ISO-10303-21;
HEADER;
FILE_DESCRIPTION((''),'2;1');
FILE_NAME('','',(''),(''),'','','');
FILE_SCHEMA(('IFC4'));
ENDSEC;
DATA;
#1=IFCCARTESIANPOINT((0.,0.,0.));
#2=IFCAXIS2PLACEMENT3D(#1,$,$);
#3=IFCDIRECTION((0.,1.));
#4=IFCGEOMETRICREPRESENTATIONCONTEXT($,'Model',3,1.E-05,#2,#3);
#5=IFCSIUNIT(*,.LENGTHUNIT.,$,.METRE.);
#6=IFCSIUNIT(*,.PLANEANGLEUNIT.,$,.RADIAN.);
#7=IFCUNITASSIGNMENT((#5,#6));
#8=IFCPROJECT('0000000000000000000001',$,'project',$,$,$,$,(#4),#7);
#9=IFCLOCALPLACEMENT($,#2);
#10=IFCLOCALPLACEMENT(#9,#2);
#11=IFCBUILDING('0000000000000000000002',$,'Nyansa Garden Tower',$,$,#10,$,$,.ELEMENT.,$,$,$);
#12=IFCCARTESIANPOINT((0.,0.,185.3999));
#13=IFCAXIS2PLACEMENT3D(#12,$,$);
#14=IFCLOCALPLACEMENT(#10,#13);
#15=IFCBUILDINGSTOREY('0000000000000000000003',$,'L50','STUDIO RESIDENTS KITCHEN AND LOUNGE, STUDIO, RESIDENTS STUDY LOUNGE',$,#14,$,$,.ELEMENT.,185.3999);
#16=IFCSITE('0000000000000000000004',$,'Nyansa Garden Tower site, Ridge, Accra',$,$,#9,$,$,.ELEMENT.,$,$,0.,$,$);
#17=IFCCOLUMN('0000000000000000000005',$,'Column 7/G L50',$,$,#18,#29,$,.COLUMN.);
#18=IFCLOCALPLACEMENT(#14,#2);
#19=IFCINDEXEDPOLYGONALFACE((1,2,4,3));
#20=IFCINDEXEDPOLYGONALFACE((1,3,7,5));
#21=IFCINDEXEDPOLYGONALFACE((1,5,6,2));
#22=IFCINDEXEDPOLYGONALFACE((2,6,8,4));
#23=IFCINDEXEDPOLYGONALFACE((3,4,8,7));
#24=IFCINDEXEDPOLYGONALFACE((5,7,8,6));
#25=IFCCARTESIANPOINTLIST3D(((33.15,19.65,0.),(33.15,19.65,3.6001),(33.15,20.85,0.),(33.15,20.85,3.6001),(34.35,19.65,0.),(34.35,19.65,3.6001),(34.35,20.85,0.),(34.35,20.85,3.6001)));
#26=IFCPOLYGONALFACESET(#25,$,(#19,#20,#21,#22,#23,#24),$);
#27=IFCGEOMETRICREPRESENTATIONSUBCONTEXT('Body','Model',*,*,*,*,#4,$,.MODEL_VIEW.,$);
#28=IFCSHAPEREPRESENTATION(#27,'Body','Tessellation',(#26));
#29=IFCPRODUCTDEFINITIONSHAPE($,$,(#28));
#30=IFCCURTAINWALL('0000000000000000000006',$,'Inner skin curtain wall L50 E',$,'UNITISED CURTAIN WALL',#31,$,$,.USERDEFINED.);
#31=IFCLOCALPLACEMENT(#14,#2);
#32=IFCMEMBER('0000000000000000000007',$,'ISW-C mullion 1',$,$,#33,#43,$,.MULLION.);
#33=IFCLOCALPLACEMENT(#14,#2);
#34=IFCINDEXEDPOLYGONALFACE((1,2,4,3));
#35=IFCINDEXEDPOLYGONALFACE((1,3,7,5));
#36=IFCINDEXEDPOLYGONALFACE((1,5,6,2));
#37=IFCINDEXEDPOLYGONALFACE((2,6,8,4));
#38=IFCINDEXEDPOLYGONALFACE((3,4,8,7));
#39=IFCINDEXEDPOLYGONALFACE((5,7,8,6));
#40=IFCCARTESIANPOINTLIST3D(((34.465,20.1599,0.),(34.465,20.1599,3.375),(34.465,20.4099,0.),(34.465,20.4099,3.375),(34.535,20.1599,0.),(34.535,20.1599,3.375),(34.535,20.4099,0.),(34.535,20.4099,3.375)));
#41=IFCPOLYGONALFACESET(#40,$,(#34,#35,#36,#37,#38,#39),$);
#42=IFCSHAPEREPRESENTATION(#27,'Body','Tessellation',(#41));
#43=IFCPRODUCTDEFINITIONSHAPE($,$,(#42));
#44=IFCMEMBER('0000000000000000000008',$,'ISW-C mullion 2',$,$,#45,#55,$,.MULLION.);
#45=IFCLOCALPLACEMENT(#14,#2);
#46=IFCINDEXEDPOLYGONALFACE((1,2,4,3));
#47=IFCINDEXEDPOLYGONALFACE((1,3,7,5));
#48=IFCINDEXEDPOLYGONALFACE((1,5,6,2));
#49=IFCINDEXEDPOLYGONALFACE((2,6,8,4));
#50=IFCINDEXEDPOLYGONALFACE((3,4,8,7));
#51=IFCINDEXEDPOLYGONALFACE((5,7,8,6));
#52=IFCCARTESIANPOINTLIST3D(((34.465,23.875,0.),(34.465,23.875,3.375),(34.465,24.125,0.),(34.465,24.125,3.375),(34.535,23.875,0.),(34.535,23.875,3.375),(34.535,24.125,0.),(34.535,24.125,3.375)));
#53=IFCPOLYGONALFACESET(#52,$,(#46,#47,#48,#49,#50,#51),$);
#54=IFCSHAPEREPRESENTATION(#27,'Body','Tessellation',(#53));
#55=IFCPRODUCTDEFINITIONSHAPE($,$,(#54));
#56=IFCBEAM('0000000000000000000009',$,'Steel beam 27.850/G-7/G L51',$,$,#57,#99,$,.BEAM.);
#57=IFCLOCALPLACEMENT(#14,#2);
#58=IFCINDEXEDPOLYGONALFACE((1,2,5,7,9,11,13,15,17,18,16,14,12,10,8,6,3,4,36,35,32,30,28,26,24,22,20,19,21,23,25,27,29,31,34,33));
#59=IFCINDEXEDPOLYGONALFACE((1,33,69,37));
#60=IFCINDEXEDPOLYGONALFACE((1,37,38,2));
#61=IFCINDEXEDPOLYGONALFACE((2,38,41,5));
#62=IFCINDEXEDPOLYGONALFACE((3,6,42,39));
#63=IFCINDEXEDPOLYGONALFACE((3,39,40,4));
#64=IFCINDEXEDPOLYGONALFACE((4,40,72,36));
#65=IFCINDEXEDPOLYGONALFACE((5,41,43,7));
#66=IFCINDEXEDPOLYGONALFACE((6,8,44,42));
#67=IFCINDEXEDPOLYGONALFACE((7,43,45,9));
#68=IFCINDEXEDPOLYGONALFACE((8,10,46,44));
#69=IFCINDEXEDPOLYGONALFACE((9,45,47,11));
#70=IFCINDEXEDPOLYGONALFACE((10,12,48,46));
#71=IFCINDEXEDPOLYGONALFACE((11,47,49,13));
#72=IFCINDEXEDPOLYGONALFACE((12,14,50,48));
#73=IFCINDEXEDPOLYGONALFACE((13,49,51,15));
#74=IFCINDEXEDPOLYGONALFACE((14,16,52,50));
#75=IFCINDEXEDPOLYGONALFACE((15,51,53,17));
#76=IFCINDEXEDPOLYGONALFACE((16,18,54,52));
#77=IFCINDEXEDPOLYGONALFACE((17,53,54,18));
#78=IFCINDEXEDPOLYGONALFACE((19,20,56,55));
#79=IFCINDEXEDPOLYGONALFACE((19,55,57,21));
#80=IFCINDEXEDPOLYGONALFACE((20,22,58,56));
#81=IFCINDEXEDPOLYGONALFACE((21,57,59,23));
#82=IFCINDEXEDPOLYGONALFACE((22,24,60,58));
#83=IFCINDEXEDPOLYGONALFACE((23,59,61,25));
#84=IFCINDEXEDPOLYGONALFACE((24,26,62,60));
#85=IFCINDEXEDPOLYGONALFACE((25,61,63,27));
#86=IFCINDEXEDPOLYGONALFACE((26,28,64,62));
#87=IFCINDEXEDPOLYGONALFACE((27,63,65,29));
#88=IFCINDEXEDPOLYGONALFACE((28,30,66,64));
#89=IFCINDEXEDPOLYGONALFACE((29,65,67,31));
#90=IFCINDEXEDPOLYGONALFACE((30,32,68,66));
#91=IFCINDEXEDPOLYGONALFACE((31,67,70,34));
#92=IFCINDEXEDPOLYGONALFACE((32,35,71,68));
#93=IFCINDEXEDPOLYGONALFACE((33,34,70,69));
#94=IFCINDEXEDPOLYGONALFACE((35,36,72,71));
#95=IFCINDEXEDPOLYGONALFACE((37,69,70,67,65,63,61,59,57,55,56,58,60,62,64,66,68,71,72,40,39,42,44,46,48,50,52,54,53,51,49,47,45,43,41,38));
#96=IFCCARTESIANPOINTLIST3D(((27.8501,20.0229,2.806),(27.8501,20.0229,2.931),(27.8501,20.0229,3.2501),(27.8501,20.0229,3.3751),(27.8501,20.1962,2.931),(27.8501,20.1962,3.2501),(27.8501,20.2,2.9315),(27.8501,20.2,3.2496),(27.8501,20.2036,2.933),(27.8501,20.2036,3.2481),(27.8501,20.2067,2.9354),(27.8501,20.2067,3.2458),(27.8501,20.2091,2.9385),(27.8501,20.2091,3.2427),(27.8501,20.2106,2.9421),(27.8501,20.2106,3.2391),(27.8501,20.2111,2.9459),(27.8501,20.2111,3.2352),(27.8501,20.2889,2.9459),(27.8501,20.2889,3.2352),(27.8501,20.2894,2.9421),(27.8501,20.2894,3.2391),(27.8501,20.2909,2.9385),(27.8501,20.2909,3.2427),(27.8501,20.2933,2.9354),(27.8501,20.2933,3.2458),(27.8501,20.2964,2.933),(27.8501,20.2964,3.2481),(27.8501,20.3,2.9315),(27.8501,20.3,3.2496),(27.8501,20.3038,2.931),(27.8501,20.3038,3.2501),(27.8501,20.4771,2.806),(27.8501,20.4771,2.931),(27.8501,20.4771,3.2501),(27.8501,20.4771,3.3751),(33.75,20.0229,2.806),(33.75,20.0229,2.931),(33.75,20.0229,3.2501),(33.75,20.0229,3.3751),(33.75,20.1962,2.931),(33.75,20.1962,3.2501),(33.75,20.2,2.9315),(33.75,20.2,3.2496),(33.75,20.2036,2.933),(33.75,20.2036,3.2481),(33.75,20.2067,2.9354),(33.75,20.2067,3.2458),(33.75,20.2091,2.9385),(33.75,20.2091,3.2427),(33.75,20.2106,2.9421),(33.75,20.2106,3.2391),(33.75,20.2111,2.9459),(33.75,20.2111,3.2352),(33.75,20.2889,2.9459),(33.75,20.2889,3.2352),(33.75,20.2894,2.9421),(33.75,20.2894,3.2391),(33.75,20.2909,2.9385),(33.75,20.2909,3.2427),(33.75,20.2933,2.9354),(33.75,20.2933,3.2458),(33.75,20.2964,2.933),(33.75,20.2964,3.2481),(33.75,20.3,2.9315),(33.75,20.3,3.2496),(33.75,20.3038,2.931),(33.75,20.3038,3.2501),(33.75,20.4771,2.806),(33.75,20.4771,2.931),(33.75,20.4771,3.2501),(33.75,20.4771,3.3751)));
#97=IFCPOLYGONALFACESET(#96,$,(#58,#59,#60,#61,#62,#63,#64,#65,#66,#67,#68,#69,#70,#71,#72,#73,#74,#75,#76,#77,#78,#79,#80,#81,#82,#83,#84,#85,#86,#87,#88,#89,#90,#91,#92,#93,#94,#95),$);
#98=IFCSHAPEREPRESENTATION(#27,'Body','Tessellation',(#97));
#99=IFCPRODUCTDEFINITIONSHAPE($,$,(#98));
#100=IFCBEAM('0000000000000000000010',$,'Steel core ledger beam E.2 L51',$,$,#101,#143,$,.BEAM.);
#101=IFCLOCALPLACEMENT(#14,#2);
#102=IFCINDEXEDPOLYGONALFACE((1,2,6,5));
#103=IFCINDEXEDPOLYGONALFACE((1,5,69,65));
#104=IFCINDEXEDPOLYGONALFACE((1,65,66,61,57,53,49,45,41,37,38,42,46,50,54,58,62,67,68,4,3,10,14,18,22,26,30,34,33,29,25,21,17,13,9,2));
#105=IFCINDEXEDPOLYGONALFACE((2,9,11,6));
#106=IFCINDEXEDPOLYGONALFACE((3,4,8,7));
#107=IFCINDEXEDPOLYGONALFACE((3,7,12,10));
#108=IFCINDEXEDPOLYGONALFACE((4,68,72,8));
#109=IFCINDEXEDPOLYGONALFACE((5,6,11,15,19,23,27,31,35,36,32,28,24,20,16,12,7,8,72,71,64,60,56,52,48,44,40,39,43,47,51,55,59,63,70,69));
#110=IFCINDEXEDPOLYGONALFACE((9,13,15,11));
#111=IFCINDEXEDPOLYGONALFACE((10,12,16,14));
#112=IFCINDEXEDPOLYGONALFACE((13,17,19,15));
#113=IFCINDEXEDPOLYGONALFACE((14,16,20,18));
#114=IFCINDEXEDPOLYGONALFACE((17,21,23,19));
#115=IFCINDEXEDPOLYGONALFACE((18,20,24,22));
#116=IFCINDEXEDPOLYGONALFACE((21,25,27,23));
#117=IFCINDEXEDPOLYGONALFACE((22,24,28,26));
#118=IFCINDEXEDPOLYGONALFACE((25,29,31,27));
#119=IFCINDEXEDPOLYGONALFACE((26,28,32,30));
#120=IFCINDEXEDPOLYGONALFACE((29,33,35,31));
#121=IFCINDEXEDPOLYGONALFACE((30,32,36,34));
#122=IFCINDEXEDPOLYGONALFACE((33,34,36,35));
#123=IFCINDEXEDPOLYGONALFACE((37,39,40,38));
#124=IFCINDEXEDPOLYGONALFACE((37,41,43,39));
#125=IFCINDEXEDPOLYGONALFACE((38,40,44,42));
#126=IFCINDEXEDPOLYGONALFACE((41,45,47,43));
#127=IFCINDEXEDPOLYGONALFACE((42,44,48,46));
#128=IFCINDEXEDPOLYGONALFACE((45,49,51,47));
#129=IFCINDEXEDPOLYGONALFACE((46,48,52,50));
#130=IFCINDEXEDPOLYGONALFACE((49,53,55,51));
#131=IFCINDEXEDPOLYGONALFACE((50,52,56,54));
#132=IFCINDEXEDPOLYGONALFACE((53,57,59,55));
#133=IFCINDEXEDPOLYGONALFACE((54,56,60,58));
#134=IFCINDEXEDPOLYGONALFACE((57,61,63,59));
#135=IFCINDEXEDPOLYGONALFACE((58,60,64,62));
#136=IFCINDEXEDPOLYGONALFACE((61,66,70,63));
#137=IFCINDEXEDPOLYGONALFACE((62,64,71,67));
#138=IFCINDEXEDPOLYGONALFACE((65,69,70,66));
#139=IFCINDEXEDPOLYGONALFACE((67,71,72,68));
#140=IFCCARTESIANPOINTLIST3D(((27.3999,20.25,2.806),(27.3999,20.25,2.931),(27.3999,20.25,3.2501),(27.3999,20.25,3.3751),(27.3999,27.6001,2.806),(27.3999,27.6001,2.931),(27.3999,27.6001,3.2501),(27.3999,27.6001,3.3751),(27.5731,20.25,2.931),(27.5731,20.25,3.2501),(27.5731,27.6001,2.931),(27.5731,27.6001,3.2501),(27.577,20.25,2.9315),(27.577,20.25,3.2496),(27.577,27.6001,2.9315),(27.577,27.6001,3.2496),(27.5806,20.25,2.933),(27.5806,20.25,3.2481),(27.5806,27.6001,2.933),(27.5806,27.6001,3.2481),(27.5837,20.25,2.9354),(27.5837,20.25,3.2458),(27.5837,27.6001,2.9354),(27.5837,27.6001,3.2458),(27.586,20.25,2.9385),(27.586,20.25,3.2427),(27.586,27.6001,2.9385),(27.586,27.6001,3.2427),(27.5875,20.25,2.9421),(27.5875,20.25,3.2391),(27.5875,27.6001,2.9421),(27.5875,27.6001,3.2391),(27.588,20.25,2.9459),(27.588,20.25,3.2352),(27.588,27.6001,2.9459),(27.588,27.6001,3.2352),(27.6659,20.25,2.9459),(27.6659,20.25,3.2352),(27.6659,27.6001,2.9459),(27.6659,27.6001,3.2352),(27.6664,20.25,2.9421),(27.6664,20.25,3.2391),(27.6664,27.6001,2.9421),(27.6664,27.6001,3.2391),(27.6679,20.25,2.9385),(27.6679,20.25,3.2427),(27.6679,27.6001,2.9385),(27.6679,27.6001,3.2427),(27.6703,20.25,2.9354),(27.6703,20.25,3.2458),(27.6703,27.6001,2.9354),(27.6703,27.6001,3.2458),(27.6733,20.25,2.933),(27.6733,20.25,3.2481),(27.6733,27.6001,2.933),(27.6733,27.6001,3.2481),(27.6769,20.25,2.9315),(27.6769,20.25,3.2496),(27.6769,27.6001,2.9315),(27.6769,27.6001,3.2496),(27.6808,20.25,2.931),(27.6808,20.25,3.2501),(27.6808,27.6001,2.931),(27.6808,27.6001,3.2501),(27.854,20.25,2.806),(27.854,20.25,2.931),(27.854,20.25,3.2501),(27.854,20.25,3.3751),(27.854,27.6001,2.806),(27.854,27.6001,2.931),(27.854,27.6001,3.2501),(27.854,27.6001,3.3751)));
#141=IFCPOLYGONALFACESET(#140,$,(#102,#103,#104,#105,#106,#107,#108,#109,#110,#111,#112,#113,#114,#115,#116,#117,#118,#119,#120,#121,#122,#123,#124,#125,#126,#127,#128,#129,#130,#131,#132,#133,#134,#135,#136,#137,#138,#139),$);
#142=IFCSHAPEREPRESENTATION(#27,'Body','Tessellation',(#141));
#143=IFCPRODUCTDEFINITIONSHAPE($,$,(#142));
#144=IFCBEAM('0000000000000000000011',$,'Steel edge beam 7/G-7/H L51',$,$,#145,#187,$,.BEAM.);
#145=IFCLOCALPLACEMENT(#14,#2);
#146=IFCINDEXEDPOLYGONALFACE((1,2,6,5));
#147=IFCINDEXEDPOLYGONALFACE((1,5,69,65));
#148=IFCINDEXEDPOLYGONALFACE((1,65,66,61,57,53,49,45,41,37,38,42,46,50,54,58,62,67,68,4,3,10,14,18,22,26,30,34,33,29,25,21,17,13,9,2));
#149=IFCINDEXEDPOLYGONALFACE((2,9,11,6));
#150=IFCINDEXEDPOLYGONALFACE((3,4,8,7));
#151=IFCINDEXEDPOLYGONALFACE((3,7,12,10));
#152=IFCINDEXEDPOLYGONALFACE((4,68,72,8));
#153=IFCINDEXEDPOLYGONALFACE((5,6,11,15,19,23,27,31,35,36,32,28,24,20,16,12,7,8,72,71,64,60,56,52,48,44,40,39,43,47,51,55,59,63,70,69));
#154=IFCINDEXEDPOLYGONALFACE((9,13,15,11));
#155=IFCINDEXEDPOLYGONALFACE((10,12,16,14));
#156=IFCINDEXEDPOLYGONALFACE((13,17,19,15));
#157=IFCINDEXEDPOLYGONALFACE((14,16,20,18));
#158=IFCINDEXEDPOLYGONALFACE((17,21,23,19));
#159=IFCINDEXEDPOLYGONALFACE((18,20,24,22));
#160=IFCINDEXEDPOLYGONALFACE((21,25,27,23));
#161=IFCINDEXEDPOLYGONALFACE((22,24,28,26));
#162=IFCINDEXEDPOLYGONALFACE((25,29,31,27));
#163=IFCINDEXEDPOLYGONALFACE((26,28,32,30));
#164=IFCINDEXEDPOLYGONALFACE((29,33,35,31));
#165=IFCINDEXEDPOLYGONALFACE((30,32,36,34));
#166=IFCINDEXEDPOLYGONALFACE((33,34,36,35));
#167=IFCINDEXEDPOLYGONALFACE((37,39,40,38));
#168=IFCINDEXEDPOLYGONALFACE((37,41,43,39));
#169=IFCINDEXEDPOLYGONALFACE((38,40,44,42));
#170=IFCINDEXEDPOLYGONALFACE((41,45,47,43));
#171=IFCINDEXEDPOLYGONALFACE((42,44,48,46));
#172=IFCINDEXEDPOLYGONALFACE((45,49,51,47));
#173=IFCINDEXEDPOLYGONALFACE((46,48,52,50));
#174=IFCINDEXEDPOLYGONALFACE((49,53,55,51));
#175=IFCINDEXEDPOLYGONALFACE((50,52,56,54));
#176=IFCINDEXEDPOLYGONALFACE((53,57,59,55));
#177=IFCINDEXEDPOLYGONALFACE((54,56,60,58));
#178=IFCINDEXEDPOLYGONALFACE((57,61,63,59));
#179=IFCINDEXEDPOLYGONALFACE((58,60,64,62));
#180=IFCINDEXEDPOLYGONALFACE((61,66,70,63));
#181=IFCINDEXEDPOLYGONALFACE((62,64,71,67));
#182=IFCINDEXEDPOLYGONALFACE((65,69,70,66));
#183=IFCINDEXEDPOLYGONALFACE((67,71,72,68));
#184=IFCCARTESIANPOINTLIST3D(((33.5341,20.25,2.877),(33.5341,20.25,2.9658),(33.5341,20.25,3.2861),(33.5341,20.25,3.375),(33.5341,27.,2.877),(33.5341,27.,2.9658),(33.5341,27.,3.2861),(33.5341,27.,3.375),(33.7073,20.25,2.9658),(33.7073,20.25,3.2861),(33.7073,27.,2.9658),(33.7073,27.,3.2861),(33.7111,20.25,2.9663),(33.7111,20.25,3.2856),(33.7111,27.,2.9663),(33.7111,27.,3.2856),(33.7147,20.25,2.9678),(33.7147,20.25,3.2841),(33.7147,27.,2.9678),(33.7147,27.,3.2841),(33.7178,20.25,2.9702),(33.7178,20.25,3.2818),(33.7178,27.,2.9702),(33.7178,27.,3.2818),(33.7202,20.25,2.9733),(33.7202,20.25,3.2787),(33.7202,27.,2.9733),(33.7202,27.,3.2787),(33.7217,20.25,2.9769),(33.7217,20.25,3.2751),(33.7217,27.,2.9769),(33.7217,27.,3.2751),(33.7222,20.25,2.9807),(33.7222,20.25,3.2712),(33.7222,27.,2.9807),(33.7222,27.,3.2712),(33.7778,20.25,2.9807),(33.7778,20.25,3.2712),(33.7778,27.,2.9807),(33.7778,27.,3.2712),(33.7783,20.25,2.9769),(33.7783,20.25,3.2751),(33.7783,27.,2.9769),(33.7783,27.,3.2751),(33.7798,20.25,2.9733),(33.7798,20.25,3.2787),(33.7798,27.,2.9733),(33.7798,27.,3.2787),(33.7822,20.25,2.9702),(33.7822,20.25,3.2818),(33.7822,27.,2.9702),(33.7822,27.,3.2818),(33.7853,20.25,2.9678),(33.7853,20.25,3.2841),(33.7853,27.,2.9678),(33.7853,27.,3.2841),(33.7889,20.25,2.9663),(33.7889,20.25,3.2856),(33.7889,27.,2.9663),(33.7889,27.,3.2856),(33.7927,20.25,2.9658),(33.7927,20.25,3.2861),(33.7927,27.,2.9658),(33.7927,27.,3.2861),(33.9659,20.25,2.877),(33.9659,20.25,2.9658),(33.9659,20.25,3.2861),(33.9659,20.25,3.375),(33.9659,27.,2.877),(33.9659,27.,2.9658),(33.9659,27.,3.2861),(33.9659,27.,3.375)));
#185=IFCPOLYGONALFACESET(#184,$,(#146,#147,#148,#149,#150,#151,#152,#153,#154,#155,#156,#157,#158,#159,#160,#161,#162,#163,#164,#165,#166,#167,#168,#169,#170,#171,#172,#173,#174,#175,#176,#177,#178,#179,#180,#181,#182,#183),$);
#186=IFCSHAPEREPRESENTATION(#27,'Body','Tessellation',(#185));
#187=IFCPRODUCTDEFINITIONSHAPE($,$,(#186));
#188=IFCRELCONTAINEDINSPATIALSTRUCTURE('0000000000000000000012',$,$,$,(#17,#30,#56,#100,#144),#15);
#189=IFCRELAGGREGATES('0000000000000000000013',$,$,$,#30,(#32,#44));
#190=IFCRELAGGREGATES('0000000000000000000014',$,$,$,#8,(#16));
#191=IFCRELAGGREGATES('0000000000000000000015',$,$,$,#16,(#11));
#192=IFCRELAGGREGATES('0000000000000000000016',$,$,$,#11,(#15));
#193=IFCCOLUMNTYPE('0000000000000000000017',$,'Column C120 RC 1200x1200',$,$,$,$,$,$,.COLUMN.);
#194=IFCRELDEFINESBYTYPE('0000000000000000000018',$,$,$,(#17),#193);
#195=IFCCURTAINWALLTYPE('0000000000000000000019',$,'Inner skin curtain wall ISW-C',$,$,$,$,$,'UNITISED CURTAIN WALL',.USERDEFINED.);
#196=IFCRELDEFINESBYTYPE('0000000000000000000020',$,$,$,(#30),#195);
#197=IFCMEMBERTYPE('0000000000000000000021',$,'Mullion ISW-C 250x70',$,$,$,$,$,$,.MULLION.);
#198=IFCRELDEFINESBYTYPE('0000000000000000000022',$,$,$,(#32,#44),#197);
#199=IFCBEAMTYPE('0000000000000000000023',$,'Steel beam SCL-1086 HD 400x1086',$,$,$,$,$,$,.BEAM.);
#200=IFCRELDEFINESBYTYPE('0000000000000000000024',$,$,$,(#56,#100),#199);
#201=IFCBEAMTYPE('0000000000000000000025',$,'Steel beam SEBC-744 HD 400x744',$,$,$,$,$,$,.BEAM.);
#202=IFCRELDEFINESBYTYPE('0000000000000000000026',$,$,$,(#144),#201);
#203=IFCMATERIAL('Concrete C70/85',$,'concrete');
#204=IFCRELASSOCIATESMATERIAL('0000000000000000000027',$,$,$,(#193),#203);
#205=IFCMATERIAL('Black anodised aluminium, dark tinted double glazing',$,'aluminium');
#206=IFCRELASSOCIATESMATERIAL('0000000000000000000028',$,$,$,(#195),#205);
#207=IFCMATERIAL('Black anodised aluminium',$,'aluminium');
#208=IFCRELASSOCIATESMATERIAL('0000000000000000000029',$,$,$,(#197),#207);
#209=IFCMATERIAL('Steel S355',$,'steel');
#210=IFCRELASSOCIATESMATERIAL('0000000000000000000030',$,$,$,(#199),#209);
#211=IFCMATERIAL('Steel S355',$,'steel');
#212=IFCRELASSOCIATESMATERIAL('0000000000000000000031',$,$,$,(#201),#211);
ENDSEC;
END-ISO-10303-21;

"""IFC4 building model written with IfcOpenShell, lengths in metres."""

from ifc_helpers import new_model, si_unit, direction, frame, origin, origin_2d, place, context, subcontext, project, spatial, rectangle, i_section, extrude, material, material_profile, profile_set, type_object, element, aggregate, save


model = new_model("IFC4")

# Units and contexts
model_context = context("Model", 3, precision=1e-05, world=origin(), true_north=direction((0.0, 1.0)))
body_context = subcontext(model_context, "Body", "Model", "MODEL_VIEW")
ifc_project = project(units=[si_unit("LENGTHUNIT", "METRE"), si_unit("PLANEANGLEUNIT", "RADIAN")], contexts=[model_context])

# Site, building, storey
site_placement = place(None, origin())
site = spatial("IfcSite", under=ifc_project, at=site_placement, Name="Nyansa Garden Tower site, Ridge, Accra", CompositionType="ELEMENT", RefElevation=0.0)
building_placement = place(site_placement, origin())
building = spatial("IfcBuilding", under=site, at=building_placement, Name="Nyansa Garden Tower", CompositionType="ELEMENT")
storey_placement = place(building_placement, frame((0.0, 0.0, 185.3999)))
storey = spatial("IfcBuildingStorey", under=building, at=storey_placement, Name="L50", Description="STUDIO RESIDENTS KITCHEN AND LOUNGE, STUDIO, RESIDENTS STUDY LOUNGE", CompositionType="ELEMENT", Elevation=185.3999)

# Column
ifc_material_1 = material(Name="Concrete C70/85", Category="concrete")
ifc_material_profile_1 = material_profile(ifc_material_1, rectangle(XDim=1.2, YDim=1.2, at=origin_2d()), Name="RC 1200x1200")
ifc_profile_set_1 = profile_set([ifc_material_profile_1], Name="Concrete C70/85")
column_type = type_object("IfcColumnType", Name="Column C120 RC 1200x1200", PredefinedType="COLUMN", material=ifc_profile_set_1)
column_placement = place(storey_placement, frame((33.75, 20.25, 0.0), z_axis=(0.0, 0.0, 1.0), x_axis=(1.0, 0.0, 0.0)))
element("IfcColumn", 1, at=column_placement, inside=storey, type_object=column_type, Name="Column 7/G L50", PredefinedType="COLUMN", context=body_context, shape_type="SweptSolid", body=[
    extrude(rectangle(XDim=1.2, YDim=1.2, at=origin_2d()), origin(), (0.0, 0.0, 1.0), 3.6001),
])

# Curtain wall, members
ifc_material_2 = material(Name="Black anodised aluminium, dark tinted double glazing", Category="aluminium")
curtain_wall_type = type_object("IfcCurtainWallType", Name="Inner skin curtain wall ISW-C", ElementType="UNITISED CURTAIN WALL", PredefinedType="USERDEFINED", material=ifc_material_2)
curtain_wall_placement = place(storey_placement, origin())
curtain_wall = element("IfcCurtainWall", 2, at=curtain_wall_placement, inside=storey, type_object=curtain_wall_type, Name="Inner skin curtain wall L50 E", ObjectType="UNITISED CURTAIN WALL", PredefinedType="USERDEFINED")
ifc_material_3 = material(Name="Black anodised aluminium", Category="aluminium")
ifc_material_profile_2 = material_profile(ifc_material_3, rectangle(XDim=0.0701, YDim=0.25, at=origin_2d()), Name="Mullion 250x70")
ifc_profile_set_2 = profile_set([ifc_material_profile_2], Name="Black anodised aluminium")
member_type_1 = type_object("IfcMemberType", Name="Mullion ISW-C 250x70", PredefinedType="MULLION", material=ifc_profile_set_2)
member_1_placement = place(storey_placement, frame((34.5, 20.2849, 0.0), z_axis=(0.0, 0.0, 1.0), x_axis=(-1.0, 0.0, 0.0)))
member_1 = element("IfcMember", 3, at=member_1_placement, type_object=member_type_1, Name="ISW-C mullion 1", PredefinedType="MULLION", context=body_context, shape_type="SweptSolid", body=[
    extrude(rectangle(XDim=0.0701, YDim=0.25, at=origin_2d()), origin(), (0.0, 0.0, 1.0), 3.375),
])
member_2_placement = place(storey_placement, frame((34.5, 24.0, 0.0), z_axis=(0.0, 0.0, 1.0), x_axis=(-1.0, 0.0, 0.0)))
member_2 = element("IfcMember", 4, at=member_2_placement, type_object=member_type_1, Name="ISW-C mullion 2", PredefinedType="MULLION", context=body_context, shape_type="SweptSolid", body=[
    extrude(rectangle(XDim=0.0701, YDim=0.25, at=origin_2d()), origin(), (0.0, 0.0, 1.0), 3.375),
])

# Beams
ifc_material_4 = material(Name="Steel S355", Category="steel")
ifc_material_profile_3 = material_profile(ifc_material_4, i_section(OverallWidth=0.4541, OverallDepth=0.5691, WebThickness=0.0779, FlangeThickness=0.125, FilletRadius=0.0149, at=origin_2d()), Name="HD 400x1086")
ifc_profile_set_3 = profile_set([ifc_material_profile_3], Name="Steel S355")
beam_type_1 = type_object("IfcBeamType", Name="Steel beam SCL-1086 HD 400x1086", PredefinedType="BEAM", material=ifc_profile_set_3)
beam_1_placement = place(storey_placement, frame((27.8501, 20.25, 3.0906), z_axis=(1.0, 0.0, 0.0), x_axis=(0.0, 1.0, 0.0)))
element("IfcBeam", 5, at=beam_1_placement, inside=storey, type_object=beam_type_1, Name="Steel beam 27.850/G-7/G L51", PredefinedType="BEAM", context=body_context, shape_type="SweptSolid", body=[
    extrude(i_section(OverallWidth=0.4541, OverallDepth=0.5691, WebThickness=0.0779, FlangeThickness=0.125, FilletRadius=0.0149, at=origin_2d()), origin(), (0.0, 0.0, 1.0), 5.8999),
])
beam_2_placement = place(storey_placement, frame((27.627, 20.25, 3.0906), z_axis=(0.0, 1.0, 0.0), x_axis=(-1.0, 0.0, 0.0)))
element("IfcBeam", 6, at=beam_2_placement, inside=storey, type_object=beam_type_1, Name="Steel core ledger beam E.2 L51", PredefinedType="BEAM", context=body_context, shape_type="SweptSolid", body=[
    extrude(i_section(OverallWidth=0.4541, OverallDepth=0.5691, WebThickness=0.0779, FlangeThickness=0.125, FilletRadius=0.0149, at=origin_2d()), origin(), (0.0, 0.0, 1.0), 7.3501),
])
ifc_material_5 = material(Name="Steel S355", Category="steel")
ifc_material_profile_4 = material_profile(ifc_material_5, i_section(OverallWidth=0.4319, OverallDepth=0.498, WebThickness=0.0557, FlangeThickness=0.0889, FilletRadius=0.0149, at=origin_2d()), Name="HD 400x744")
ifc_profile_set_4 = profile_set([ifc_material_profile_4], Name="Steel S355")
beam_type_2 = type_object("IfcBeamType", Name="Steel beam SEBC-744 HD 400x744", PredefinedType="BEAM", material=ifc_profile_set_4)
beam_3_placement = place(storey_placement, frame((33.75, 20.25, 3.126), z_axis=(0.0, 1.0, 0.0), x_axis=(-1.0, 0.0, 0.0)))
element("IfcBeam", 7, at=beam_3_placement, inside=storey, type_object=beam_type_2, Name="Steel edge beam 7/G-7/H L51", PredefinedType="BEAM", context=body_context, shape_type="SweptSolid", body=[
    extrude(i_section(OverallWidth=0.4319, OverallDepth=0.498, WebThickness=0.0557, FlangeThickness=0.0889, FilletRadius=0.0149, at=origin_2d()), origin(), (0.0, 0.0, 1.0), 6.75),
])

aggregate(curtain_wall, [member_1, member_2])

save(model, "model.ifc")
